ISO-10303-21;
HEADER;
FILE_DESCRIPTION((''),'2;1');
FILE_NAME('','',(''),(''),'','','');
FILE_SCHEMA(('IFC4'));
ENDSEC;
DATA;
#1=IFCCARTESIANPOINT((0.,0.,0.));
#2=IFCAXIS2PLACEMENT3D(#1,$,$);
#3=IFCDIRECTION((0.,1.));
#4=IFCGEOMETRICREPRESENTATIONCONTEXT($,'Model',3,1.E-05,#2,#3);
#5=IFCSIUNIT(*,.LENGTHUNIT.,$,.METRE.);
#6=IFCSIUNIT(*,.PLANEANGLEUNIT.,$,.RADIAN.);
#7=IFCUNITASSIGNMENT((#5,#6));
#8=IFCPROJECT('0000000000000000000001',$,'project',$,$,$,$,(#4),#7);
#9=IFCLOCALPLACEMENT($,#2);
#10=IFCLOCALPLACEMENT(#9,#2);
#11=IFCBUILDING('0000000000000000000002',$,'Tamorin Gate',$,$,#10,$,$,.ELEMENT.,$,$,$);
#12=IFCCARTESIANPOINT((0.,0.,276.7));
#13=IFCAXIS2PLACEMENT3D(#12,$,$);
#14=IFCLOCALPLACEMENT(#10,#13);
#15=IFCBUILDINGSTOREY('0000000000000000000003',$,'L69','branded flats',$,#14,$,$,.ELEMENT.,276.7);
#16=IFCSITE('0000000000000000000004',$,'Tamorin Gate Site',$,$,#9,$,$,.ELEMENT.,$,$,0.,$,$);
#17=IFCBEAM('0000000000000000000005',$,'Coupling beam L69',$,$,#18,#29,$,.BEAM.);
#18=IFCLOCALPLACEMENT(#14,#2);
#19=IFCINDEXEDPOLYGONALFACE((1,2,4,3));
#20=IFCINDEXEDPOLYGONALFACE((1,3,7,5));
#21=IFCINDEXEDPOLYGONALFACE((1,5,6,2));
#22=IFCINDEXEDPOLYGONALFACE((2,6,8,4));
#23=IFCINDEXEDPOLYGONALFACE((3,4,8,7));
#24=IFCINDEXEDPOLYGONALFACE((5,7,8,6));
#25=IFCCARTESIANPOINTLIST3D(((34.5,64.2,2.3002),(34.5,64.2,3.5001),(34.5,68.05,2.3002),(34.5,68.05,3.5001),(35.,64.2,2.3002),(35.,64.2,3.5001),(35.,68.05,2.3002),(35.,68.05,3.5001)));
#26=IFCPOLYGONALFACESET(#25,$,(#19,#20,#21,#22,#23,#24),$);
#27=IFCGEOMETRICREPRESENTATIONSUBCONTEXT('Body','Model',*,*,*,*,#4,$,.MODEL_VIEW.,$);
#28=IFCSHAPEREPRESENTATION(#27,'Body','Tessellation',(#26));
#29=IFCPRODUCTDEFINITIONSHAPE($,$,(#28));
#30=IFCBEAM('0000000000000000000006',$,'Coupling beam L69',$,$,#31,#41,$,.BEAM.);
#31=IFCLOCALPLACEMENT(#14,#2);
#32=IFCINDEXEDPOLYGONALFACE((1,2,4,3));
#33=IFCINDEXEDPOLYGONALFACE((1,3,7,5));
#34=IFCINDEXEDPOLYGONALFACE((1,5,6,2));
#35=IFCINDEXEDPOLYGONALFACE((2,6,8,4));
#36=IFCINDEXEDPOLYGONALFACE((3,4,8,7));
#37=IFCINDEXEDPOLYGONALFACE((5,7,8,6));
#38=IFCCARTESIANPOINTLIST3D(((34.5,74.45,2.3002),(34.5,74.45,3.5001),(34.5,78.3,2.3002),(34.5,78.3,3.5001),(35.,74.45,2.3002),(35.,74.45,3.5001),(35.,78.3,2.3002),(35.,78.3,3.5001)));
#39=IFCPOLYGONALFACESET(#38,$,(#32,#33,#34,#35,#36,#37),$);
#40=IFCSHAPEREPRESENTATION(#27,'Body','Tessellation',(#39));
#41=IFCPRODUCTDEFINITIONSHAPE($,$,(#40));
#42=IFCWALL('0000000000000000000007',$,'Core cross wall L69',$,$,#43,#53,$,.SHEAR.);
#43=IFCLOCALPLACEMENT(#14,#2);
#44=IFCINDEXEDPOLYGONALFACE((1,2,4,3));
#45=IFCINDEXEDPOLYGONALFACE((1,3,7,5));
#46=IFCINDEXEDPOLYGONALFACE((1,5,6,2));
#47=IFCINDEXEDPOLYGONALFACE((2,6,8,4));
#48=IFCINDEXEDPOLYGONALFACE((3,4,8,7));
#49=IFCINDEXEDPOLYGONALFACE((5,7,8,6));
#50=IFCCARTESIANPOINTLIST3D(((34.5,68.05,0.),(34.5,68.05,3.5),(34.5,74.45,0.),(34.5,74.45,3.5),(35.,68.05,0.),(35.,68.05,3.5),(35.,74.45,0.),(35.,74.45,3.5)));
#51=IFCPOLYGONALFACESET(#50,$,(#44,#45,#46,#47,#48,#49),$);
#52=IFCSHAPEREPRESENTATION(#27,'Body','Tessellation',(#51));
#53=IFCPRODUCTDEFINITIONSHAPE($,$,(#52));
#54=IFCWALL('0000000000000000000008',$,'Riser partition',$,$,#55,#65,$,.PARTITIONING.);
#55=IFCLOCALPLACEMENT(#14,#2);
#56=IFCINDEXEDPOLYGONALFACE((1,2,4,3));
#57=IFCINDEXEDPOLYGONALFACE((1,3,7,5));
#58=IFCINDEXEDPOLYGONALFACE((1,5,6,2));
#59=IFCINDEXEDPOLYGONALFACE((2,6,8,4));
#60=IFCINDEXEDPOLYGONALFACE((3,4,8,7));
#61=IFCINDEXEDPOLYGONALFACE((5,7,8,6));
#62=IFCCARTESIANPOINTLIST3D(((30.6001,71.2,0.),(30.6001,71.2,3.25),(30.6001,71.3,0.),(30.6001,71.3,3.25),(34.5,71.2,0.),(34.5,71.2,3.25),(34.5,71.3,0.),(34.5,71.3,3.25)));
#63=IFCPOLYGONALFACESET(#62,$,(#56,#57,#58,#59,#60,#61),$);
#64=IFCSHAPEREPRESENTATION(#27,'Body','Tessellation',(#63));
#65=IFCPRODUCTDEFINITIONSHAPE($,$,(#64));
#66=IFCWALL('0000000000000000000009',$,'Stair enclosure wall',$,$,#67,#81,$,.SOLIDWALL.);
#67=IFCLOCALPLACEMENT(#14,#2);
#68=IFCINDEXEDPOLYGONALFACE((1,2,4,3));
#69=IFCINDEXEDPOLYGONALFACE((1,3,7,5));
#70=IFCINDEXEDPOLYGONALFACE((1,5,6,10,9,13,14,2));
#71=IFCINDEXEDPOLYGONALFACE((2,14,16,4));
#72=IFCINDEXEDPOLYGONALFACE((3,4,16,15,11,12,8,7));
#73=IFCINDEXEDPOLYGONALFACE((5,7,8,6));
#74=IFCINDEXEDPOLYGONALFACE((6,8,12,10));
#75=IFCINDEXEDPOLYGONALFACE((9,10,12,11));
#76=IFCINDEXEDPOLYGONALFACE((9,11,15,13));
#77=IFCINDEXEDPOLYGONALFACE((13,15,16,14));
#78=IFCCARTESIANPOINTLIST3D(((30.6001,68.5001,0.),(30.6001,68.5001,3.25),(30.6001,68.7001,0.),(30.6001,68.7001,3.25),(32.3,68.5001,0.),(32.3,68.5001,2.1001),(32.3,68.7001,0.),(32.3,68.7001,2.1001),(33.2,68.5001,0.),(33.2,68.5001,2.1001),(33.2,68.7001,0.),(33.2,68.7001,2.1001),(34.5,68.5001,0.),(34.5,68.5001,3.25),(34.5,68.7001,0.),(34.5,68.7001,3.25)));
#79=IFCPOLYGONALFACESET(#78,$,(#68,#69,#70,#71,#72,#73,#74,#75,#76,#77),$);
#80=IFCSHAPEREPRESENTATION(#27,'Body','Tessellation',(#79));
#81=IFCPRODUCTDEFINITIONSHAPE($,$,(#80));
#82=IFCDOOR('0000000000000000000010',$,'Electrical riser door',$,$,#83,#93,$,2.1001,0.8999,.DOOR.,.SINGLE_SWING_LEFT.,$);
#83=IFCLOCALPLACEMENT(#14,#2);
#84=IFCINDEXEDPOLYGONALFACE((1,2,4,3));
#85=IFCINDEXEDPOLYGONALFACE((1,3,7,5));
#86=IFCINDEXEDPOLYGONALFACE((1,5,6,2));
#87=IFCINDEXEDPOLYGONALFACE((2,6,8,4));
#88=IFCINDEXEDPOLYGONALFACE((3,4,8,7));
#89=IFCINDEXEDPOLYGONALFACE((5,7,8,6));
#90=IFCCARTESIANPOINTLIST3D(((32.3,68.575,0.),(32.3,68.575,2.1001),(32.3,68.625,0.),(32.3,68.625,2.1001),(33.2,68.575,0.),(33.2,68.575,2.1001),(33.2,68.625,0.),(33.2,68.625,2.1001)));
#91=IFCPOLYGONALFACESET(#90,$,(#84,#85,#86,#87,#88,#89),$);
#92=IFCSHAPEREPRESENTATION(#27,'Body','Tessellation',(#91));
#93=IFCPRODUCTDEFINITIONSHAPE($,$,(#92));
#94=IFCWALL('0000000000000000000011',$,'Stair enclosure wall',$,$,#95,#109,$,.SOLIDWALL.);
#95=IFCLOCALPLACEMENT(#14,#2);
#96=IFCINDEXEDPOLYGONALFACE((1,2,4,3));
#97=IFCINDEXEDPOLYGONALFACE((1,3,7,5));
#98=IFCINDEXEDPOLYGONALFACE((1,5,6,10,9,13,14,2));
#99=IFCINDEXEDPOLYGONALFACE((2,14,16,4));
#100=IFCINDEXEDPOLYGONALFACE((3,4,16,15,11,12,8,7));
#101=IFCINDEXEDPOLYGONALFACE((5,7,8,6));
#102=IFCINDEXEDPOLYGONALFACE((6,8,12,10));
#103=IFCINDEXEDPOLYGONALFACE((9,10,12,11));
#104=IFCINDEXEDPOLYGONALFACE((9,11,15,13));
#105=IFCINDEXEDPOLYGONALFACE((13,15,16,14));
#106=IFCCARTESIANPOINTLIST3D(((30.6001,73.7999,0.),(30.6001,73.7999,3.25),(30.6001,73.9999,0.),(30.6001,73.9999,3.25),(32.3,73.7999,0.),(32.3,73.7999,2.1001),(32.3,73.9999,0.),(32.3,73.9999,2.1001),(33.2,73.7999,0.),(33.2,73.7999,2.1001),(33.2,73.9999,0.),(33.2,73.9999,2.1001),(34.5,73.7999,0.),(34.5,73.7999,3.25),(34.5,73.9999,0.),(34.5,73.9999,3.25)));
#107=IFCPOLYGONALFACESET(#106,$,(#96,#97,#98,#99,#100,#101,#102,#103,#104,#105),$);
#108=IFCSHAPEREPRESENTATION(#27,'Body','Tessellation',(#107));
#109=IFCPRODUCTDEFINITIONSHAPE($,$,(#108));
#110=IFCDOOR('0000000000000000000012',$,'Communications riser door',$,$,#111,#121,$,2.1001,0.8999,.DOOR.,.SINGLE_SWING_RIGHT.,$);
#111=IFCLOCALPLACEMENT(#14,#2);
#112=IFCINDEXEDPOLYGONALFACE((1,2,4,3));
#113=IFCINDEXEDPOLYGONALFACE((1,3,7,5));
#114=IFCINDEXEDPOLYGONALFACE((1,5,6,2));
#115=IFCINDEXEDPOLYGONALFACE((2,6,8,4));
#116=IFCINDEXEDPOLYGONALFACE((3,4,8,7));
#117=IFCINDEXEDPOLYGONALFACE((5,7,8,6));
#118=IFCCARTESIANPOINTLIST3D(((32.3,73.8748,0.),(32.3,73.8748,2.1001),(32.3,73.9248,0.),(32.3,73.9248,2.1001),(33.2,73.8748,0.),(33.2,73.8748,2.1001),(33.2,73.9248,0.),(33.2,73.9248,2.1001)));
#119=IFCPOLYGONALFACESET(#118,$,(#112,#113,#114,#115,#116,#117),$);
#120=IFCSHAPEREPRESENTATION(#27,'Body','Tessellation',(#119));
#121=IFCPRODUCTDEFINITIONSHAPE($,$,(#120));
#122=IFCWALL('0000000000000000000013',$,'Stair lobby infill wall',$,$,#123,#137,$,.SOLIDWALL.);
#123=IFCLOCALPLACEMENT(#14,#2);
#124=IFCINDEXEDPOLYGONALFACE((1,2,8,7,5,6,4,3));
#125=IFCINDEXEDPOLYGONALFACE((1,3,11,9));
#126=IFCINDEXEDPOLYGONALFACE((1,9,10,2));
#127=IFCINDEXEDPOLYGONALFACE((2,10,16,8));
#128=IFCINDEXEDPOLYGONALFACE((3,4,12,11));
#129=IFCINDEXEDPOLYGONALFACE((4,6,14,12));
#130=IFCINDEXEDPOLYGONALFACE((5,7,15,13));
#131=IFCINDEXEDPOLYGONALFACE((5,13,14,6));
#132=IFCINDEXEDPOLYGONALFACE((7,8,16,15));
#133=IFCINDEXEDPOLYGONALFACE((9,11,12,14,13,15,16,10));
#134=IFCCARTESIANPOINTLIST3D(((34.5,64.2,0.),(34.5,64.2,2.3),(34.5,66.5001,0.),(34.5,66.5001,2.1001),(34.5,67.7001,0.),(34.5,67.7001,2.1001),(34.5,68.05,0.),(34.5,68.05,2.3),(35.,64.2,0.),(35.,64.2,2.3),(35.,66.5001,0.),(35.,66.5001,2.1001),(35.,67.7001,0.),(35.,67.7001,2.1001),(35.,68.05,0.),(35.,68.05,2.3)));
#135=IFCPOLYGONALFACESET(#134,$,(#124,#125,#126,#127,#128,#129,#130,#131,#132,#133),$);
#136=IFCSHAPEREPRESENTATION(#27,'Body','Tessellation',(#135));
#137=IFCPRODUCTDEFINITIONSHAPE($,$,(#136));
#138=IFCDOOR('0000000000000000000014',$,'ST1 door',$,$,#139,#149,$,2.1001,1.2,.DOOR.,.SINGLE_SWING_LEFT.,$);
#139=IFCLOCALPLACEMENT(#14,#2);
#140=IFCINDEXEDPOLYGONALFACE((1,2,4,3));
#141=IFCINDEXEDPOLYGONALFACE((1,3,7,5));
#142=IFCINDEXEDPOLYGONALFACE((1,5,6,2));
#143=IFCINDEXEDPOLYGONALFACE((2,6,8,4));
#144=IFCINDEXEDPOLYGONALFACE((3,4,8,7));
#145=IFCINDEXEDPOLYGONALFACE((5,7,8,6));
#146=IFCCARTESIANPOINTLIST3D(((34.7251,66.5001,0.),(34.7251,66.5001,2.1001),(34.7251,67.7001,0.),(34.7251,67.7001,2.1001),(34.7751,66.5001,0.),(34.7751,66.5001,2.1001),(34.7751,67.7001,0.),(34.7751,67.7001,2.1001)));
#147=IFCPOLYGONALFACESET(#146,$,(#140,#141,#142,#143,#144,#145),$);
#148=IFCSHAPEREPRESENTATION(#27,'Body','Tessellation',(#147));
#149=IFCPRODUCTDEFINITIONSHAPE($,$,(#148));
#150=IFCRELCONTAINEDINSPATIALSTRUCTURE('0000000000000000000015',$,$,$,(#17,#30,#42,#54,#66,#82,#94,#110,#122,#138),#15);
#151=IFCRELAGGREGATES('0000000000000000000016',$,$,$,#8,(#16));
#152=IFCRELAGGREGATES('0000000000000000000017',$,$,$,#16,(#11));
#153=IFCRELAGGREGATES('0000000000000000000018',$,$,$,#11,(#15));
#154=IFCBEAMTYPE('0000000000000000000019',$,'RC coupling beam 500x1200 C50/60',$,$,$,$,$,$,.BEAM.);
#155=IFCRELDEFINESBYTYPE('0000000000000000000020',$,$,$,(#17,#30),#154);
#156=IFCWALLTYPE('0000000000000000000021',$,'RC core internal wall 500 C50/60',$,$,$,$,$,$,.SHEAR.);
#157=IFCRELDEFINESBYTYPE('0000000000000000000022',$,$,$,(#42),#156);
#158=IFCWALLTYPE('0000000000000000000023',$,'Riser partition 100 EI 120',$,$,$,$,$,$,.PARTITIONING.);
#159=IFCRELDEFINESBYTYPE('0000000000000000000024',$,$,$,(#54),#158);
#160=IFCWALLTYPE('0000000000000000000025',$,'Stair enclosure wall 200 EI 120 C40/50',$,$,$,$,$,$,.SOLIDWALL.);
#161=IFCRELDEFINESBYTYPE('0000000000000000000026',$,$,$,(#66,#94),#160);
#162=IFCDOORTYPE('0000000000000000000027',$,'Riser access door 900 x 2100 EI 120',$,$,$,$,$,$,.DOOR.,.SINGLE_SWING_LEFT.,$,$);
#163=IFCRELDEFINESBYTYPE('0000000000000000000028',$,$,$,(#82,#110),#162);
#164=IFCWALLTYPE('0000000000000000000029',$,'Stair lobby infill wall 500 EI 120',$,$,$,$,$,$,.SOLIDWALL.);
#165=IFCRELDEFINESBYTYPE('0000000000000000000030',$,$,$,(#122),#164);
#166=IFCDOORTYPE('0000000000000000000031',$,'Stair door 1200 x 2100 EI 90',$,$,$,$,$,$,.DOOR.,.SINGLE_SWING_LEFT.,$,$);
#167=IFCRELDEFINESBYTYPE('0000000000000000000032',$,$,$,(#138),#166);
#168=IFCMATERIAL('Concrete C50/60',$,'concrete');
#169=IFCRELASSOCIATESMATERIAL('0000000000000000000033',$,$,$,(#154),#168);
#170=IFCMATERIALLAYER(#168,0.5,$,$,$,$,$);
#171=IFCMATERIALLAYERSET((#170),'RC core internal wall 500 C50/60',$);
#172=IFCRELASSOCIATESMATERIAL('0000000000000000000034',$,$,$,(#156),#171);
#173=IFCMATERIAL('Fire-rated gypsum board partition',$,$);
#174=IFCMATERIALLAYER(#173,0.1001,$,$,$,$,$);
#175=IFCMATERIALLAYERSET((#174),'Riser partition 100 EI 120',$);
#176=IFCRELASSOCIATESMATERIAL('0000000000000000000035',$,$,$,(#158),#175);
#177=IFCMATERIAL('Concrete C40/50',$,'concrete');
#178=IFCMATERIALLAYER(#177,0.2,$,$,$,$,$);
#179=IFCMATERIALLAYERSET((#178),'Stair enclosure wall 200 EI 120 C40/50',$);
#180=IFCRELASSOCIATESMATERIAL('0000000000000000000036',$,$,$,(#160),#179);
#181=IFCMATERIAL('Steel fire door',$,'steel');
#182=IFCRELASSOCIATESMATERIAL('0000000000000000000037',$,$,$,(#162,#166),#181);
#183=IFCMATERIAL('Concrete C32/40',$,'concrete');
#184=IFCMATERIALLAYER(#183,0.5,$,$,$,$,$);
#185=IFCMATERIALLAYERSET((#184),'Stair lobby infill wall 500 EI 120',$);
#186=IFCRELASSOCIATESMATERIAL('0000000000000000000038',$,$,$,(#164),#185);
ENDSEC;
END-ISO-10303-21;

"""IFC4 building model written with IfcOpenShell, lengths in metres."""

from ifc_helpers import new_model, si_unit, direction, frame, frame_2d, origin, origin_2d, place, context, subcontext, project, spatial, rectangle, extrude, material, layer, layer_set, material_profile, profile_set, type_object, element, fill, save


model = new_model("IFC4")

# Units and contexts
model_context = context("Model", 3, precision=1e-05, world=origin(), true_north=direction((0.0, 1.0)))
body_context = subcontext(model_context, "Body", "Model", "MODEL_VIEW")
ifc_project = project(units=[si_unit("LENGTHUNIT", "METRE"), si_unit("PLANEANGLEUNIT", "RADIAN")], contexts=[model_context])

# Site, building, storey
site_placement = place(None, origin())
site = spatial("IfcSite", under=ifc_project, at=site_placement, Name="Tamorin Gate Site", CompositionType="ELEMENT", RefElevation=0.0)
building_placement = place(site_placement, origin())
building = spatial("IfcBuilding", under=site, at=building_placement, Name="Tamorin Gate", CompositionType="ELEMENT")
storey_placement = place(building_placement, frame((0.0, 0.0, 276.7)))
storey = spatial("IfcBuildingStorey", under=building, at=storey_placement, Name="L69", Description="branded flats", CompositionType="ELEMENT", Elevation=276.7)

# Beams
ifc_material_1 = material(Name="Concrete C50/60", Category="concrete")
ifc_material_profile = material_profile(ifc_material_1, rectangle(XDim=0.5, YDim=1.2, at=origin_2d()), Name="RC 500x1200")
ifc_profile_set = profile_set([ifc_material_profile], Name="Concrete C50/60")
beam_type = type_object("IfcBeamType", Name="RC coupling beam 500x1200 C50/60", PredefinedType="BEAM", material=ifc_profile_set)
for number, where, z_axis, x_axis, name in (
    (1, (34.75, 64.2, 2.9001), (0.0, 1.0, 0.0), (-1.0, 0.0, 0.0), "Coupling beam L69"),
    (2, (34.75, 74.45, 2.9001), (0.0, 1.0, 0.0), (-1.0, 0.0, 0.0), "Coupling beam L69"),
):
    element("IfcBeam", number, at=place(storey_placement, frame(where, z_axis=z_axis, x_axis=x_axis)), inside=storey, type_object=beam_type, Name=name, PredefinedType="BEAM", context=body_context, shape_type="SweptSolid", body=[
        extrude(rectangle(XDim=0.5, YDim=1.2, at=origin_2d()), origin(), (0.0, 0.0, 1.0), 3.8501),
    ])

# Walls
ifc_layer_1 = layer(ifc_material_1, 0.5)
ifc_layer_set_1 = layer_set([ifc_layer_1], Name="RC core internal wall 500 C50/60")
wall_type_1 = type_object("IfcWallType", Name="RC core internal wall 500 C50/60", PredefinedType="SHEAR", material=ifc_layer_set_1)
wall_1_placement = place(storey_placement, frame((34.75, 68.05, 0.0), z_axis=(0.0, 0.0, 1.0), x_axis=(0.0, 1.0, 0.0)))
element("IfcWall", 3, at=wall_1_placement, inside=storey, type_object=wall_type_1, Name="Core cross wall L69", PredefinedType="SHEAR", context=body_context, shape_type="SweptSolid", body=[
    extrude(rectangle(XDim=6.3999, YDim=0.5, at=frame_2d((3.2, 0.0))), origin(), (0.0, 0.0, 1.0), 3.5),
])
ifc_material_2 = material(Name="Fire-rated gypsum board partition")
ifc_layer_2 = layer(ifc_material_2, 0.1001)
ifc_layer_set_2 = layer_set([ifc_layer_2], Name="Riser partition 100 EI 120")
wall_type_2 = type_object("IfcWallType", Name="Riser partition 100 EI 120", PredefinedType="PARTITIONING", material=ifc_layer_set_2)
wall_2_placement = place(storey_placement, frame((30.6001, 71.25, 0.0), z_axis=(0.0, 0.0, 1.0), x_axis=(1.0, 0.0, 0.0)))
element("IfcWall", 4, at=wall_2_placement, inside=storey, type_object=wall_type_2, Name="Riser partition", PredefinedType="PARTITIONING", context=body_context, shape_type="SweptSolid", body=[
    extrude(rectangle(XDim=3.8999, YDim=0.1001, at=frame_2d((1.95, 0.0))), origin(), (0.0, 0.0, 1.0), 3.25),
])

# Walls, openings, doors
ifc_material_3 = material(Name="Concrete C40/50", Category="concrete")
ifc_layer_3 = layer(ifc_material_3, 0.2)
ifc_layer_set_3 = layer_set([ifc_layer_3], Name="Stair enclosure wall 200 EI 120 C40/50")
wall_type_3 = type_object("IfcWallType", Name="Stair enclosure wall 200 EI 120 C40/50", PredefinedType="SOLIDWALL", material=ifc_layer_set_3)
wall_3_placement = place(storey_placement, frame((30.6001, 68.6001, 0.0), z_axis=(0.0, 0.0, 1.0), x_axis=(1.0, 0.0, 0.0)))
wall_3 = element("IfcWall", 5, at=wall_3_placement, inside=storey, type_object=wall_type_3, Name="Stair enclosure wall", PredefinedType="SOLIDWALL", context=body_context, shape_type="SweptSolid", body=[
    extrude(rectangle(XDim=3.8999, YDim=0.2, at=frame_2d((1.95, 0.0))), origin(), (0.0, 0.0, 1.0), 3.25),
])
opening_1_placement = place(wall_3_placement, frame((1.7, 0.0, 0.0)))
opening_1 = element("IfcOpeningElement", 6, at=opening_1_placement, cuts=wall_3, PredefinedType="OPENING", context=body_context, shape_type="SweptSolid", body=[
    extrude(rectangle(XDim=0.8999, YDim=2.1001, at=frame_2d((0.45, 1.05))), frame((0.0, 0.1099, 0.0), z_axis=(0.0, -1.0, 0.0), x_axis=(1.0, 0.0, 0.0)), (0.0, 0.0, 1.0), 0.22),
])
ifc_material_4 = material(Name="Steel fire door", Category="steel")
door_type_1 = type_object("IfcDoorType", Name="Riser access door 900 x 2100 EI 120", OperationType="SINGLE_SWING_LEFT", PredefinedType="DOOR", material=ifc_material_4)
door_1_placement = place(opening_1_placement, origin())
door_1 = element("IfcDoor", 7, at=door_1_placement, inside=storey, type_object=door_type_1, Name="Electrical riser door", OperationType="SINGLE_SWING_LEFT", OverallHeight=2.1001, OverallWidth=0.8999, PredefinedType="DOOR", context=body_context, shape_type="SweptSolid", body=[
    extrude(rectangle(XDim=0.8999, YDim=2.1001, at=frame_2d((0.45, 1.05))), frame((0.0, 0.0249, 0.0), z_axis=(0.0, -1.0, 0.0), x_axis=(1.0, 0.0, 0.0)), (0.0, 0.0, 1.0), 0.05),
])
fill(opening_1, door_1)
wall_4_placement = place(storey_placement, frame((30.6001, 73.8999, 0.0), z_axis=(0.0, 0.0, 1.0), x_axis=(1.0, 0.0, 0.0)))
wall_4 = element("IfcWall", 8, at=wall_4_placement, inside=storey, type_object=wall_type_3, Name="Stair enclosure wall", PredefinedType="SOLIDWALL", context=body_context, shape_type="SweptSolid", body=[
    extrude(rectangle(XDim=3.8999, YDim=0.2, at=frame_2d((1.95, 0.0))), origin(), (0.0, 0.0, 1.0), 3.25),
])
opening_2_placement = place(wall_4_placement, frame((1.7, 0.0, 0.0)))
opening_2 = element("IfcOpeningElement", 9, at=opening_2_placement, cuts=wall_4, PredefinedType="OPENING", context=body_context, shape_type="SweptSolid", body=[
    extrude(rectangle(XDim=0.8999, YDim=2.1001, at=frame_2d((0.45, 1.05))), frame((0.0, 0.1099, 0.0), z_axis=(0.0, -1.0, 0.0), x_axis=(1.0, 0.0, 0.0)), (0.0, 0.0, 1.0), 0.22),
])
door_2_placement = place(opening_2_placement, origin())
door_2 = element("IfcDoor", 10, at=door_2_placement, inside=storey, type_object=door_type_1, Name="Communications riser door", OperationType="SINGLE_SWING_RIGHT", OverallHeight=2.1001, OverallWidth=0.8999, PredefinedType="DOOR", context=body_context, shape_type="SweptSolid", body=[
    extrude(rectangle(XDim=0.8999, YDim=2.1001, at=frame_2d((0.45, 1.05))), frame((0.0, 0.0249, 0.0), z_axis=(0.0, -1.0, 0.0), x_axis=(1.0, 0.0, 0.0)), (0.0, 0.0, 1.0), 0.05),
])
fill(opening_2, door_2)
ifc_material_5 = material(Name="Concrete C32/40", Category="concrete")
ifc_layer_4 = layer(ifc_material_5, 0.5)
ifc_layer_set_4 = layer_set([ifc_layer_4], Name="Stair lobby infill wall 500 EI 120")
wall_type_4 = type_object("IfcWallType", Name="Stair lobby infill wall 500 EI 120", PredefinedType="SOLIDWALL", material=ifc_layer_set_4)
wall_5_placement = place(storey_placement, frame((34.75, 64.2, 0.0), z_axis=(0.0, 0.0, 1.0), x_axis=(0.0, 1.0, 0.0)))
wall_5 = element("IfcWall", 11, at=wall_5_placement, inside=storey, type_object=wall_type_4, Name="Stair lobby infill wall", PredefinedType="SOLIDWALL", context=body_context, shape_type="SweptSolid", body=[
    extrude(rectangle(XDim=3.8501, YDim=0.5, at=frame_2d((1.925, 0.0))), origin(), (0.0, 0.0, 1.0), 2.3),
])
opening_3_placement = place(wall_5_placement, frame((2.3, 0.0, 0.0)))
opening_3 = element("IfcOpeningElement", 12, at=opening_3_placement, cuts=wall_5, PredefinedType="OPENING", context=body_context, shape_type="SweptSolid", body=[
    extrude(rectangle(XDim=1.2, YDim=2.1001, at=frame_2d((0.6001, 1.05))), frame((0.0, 0.26, 0.0), z_axis=(0.0, -1.0, 0.0), x_axis=(1.0, 0.0, 0.0)), (0.0, 0.0, 1.0), 0.52),
])
door_type_2 = type_object("IfcDoorType", Name="Stair door 1200 x 2100 EI 90", OperationType="SINGLE_SWING_LEFT", PredefinedType="DOOR", material=ifc_material_4)
door_3_placement = place(opening_3_placement, origin())
door_3 = element("IfcDoor", 13, at=door_3_placement, inside=storey, type_object=door_type_2, Name="ST1 door", OperationType="SINGLE_SWING_LEFT", OverallHeight=2.1001, OverallWidth=1.2, PredefinedType="DOOR", context=body_context, shape_type="SweptSolid", body=[
    extrude(rectangle(XDim=1.2, YDim=2.1001, at=frame_2d((0.6001, 1.05))), frame((0.0, 0.0249, 0.0), z_axis=(0.0, -1.0, 0.0), x_axis=(1.0, 0.0, 0.0)), (0.0, 0.0, 1.0), 0.05),
])
fill(opening_3, door_3)

save(model, "model.ifc")
